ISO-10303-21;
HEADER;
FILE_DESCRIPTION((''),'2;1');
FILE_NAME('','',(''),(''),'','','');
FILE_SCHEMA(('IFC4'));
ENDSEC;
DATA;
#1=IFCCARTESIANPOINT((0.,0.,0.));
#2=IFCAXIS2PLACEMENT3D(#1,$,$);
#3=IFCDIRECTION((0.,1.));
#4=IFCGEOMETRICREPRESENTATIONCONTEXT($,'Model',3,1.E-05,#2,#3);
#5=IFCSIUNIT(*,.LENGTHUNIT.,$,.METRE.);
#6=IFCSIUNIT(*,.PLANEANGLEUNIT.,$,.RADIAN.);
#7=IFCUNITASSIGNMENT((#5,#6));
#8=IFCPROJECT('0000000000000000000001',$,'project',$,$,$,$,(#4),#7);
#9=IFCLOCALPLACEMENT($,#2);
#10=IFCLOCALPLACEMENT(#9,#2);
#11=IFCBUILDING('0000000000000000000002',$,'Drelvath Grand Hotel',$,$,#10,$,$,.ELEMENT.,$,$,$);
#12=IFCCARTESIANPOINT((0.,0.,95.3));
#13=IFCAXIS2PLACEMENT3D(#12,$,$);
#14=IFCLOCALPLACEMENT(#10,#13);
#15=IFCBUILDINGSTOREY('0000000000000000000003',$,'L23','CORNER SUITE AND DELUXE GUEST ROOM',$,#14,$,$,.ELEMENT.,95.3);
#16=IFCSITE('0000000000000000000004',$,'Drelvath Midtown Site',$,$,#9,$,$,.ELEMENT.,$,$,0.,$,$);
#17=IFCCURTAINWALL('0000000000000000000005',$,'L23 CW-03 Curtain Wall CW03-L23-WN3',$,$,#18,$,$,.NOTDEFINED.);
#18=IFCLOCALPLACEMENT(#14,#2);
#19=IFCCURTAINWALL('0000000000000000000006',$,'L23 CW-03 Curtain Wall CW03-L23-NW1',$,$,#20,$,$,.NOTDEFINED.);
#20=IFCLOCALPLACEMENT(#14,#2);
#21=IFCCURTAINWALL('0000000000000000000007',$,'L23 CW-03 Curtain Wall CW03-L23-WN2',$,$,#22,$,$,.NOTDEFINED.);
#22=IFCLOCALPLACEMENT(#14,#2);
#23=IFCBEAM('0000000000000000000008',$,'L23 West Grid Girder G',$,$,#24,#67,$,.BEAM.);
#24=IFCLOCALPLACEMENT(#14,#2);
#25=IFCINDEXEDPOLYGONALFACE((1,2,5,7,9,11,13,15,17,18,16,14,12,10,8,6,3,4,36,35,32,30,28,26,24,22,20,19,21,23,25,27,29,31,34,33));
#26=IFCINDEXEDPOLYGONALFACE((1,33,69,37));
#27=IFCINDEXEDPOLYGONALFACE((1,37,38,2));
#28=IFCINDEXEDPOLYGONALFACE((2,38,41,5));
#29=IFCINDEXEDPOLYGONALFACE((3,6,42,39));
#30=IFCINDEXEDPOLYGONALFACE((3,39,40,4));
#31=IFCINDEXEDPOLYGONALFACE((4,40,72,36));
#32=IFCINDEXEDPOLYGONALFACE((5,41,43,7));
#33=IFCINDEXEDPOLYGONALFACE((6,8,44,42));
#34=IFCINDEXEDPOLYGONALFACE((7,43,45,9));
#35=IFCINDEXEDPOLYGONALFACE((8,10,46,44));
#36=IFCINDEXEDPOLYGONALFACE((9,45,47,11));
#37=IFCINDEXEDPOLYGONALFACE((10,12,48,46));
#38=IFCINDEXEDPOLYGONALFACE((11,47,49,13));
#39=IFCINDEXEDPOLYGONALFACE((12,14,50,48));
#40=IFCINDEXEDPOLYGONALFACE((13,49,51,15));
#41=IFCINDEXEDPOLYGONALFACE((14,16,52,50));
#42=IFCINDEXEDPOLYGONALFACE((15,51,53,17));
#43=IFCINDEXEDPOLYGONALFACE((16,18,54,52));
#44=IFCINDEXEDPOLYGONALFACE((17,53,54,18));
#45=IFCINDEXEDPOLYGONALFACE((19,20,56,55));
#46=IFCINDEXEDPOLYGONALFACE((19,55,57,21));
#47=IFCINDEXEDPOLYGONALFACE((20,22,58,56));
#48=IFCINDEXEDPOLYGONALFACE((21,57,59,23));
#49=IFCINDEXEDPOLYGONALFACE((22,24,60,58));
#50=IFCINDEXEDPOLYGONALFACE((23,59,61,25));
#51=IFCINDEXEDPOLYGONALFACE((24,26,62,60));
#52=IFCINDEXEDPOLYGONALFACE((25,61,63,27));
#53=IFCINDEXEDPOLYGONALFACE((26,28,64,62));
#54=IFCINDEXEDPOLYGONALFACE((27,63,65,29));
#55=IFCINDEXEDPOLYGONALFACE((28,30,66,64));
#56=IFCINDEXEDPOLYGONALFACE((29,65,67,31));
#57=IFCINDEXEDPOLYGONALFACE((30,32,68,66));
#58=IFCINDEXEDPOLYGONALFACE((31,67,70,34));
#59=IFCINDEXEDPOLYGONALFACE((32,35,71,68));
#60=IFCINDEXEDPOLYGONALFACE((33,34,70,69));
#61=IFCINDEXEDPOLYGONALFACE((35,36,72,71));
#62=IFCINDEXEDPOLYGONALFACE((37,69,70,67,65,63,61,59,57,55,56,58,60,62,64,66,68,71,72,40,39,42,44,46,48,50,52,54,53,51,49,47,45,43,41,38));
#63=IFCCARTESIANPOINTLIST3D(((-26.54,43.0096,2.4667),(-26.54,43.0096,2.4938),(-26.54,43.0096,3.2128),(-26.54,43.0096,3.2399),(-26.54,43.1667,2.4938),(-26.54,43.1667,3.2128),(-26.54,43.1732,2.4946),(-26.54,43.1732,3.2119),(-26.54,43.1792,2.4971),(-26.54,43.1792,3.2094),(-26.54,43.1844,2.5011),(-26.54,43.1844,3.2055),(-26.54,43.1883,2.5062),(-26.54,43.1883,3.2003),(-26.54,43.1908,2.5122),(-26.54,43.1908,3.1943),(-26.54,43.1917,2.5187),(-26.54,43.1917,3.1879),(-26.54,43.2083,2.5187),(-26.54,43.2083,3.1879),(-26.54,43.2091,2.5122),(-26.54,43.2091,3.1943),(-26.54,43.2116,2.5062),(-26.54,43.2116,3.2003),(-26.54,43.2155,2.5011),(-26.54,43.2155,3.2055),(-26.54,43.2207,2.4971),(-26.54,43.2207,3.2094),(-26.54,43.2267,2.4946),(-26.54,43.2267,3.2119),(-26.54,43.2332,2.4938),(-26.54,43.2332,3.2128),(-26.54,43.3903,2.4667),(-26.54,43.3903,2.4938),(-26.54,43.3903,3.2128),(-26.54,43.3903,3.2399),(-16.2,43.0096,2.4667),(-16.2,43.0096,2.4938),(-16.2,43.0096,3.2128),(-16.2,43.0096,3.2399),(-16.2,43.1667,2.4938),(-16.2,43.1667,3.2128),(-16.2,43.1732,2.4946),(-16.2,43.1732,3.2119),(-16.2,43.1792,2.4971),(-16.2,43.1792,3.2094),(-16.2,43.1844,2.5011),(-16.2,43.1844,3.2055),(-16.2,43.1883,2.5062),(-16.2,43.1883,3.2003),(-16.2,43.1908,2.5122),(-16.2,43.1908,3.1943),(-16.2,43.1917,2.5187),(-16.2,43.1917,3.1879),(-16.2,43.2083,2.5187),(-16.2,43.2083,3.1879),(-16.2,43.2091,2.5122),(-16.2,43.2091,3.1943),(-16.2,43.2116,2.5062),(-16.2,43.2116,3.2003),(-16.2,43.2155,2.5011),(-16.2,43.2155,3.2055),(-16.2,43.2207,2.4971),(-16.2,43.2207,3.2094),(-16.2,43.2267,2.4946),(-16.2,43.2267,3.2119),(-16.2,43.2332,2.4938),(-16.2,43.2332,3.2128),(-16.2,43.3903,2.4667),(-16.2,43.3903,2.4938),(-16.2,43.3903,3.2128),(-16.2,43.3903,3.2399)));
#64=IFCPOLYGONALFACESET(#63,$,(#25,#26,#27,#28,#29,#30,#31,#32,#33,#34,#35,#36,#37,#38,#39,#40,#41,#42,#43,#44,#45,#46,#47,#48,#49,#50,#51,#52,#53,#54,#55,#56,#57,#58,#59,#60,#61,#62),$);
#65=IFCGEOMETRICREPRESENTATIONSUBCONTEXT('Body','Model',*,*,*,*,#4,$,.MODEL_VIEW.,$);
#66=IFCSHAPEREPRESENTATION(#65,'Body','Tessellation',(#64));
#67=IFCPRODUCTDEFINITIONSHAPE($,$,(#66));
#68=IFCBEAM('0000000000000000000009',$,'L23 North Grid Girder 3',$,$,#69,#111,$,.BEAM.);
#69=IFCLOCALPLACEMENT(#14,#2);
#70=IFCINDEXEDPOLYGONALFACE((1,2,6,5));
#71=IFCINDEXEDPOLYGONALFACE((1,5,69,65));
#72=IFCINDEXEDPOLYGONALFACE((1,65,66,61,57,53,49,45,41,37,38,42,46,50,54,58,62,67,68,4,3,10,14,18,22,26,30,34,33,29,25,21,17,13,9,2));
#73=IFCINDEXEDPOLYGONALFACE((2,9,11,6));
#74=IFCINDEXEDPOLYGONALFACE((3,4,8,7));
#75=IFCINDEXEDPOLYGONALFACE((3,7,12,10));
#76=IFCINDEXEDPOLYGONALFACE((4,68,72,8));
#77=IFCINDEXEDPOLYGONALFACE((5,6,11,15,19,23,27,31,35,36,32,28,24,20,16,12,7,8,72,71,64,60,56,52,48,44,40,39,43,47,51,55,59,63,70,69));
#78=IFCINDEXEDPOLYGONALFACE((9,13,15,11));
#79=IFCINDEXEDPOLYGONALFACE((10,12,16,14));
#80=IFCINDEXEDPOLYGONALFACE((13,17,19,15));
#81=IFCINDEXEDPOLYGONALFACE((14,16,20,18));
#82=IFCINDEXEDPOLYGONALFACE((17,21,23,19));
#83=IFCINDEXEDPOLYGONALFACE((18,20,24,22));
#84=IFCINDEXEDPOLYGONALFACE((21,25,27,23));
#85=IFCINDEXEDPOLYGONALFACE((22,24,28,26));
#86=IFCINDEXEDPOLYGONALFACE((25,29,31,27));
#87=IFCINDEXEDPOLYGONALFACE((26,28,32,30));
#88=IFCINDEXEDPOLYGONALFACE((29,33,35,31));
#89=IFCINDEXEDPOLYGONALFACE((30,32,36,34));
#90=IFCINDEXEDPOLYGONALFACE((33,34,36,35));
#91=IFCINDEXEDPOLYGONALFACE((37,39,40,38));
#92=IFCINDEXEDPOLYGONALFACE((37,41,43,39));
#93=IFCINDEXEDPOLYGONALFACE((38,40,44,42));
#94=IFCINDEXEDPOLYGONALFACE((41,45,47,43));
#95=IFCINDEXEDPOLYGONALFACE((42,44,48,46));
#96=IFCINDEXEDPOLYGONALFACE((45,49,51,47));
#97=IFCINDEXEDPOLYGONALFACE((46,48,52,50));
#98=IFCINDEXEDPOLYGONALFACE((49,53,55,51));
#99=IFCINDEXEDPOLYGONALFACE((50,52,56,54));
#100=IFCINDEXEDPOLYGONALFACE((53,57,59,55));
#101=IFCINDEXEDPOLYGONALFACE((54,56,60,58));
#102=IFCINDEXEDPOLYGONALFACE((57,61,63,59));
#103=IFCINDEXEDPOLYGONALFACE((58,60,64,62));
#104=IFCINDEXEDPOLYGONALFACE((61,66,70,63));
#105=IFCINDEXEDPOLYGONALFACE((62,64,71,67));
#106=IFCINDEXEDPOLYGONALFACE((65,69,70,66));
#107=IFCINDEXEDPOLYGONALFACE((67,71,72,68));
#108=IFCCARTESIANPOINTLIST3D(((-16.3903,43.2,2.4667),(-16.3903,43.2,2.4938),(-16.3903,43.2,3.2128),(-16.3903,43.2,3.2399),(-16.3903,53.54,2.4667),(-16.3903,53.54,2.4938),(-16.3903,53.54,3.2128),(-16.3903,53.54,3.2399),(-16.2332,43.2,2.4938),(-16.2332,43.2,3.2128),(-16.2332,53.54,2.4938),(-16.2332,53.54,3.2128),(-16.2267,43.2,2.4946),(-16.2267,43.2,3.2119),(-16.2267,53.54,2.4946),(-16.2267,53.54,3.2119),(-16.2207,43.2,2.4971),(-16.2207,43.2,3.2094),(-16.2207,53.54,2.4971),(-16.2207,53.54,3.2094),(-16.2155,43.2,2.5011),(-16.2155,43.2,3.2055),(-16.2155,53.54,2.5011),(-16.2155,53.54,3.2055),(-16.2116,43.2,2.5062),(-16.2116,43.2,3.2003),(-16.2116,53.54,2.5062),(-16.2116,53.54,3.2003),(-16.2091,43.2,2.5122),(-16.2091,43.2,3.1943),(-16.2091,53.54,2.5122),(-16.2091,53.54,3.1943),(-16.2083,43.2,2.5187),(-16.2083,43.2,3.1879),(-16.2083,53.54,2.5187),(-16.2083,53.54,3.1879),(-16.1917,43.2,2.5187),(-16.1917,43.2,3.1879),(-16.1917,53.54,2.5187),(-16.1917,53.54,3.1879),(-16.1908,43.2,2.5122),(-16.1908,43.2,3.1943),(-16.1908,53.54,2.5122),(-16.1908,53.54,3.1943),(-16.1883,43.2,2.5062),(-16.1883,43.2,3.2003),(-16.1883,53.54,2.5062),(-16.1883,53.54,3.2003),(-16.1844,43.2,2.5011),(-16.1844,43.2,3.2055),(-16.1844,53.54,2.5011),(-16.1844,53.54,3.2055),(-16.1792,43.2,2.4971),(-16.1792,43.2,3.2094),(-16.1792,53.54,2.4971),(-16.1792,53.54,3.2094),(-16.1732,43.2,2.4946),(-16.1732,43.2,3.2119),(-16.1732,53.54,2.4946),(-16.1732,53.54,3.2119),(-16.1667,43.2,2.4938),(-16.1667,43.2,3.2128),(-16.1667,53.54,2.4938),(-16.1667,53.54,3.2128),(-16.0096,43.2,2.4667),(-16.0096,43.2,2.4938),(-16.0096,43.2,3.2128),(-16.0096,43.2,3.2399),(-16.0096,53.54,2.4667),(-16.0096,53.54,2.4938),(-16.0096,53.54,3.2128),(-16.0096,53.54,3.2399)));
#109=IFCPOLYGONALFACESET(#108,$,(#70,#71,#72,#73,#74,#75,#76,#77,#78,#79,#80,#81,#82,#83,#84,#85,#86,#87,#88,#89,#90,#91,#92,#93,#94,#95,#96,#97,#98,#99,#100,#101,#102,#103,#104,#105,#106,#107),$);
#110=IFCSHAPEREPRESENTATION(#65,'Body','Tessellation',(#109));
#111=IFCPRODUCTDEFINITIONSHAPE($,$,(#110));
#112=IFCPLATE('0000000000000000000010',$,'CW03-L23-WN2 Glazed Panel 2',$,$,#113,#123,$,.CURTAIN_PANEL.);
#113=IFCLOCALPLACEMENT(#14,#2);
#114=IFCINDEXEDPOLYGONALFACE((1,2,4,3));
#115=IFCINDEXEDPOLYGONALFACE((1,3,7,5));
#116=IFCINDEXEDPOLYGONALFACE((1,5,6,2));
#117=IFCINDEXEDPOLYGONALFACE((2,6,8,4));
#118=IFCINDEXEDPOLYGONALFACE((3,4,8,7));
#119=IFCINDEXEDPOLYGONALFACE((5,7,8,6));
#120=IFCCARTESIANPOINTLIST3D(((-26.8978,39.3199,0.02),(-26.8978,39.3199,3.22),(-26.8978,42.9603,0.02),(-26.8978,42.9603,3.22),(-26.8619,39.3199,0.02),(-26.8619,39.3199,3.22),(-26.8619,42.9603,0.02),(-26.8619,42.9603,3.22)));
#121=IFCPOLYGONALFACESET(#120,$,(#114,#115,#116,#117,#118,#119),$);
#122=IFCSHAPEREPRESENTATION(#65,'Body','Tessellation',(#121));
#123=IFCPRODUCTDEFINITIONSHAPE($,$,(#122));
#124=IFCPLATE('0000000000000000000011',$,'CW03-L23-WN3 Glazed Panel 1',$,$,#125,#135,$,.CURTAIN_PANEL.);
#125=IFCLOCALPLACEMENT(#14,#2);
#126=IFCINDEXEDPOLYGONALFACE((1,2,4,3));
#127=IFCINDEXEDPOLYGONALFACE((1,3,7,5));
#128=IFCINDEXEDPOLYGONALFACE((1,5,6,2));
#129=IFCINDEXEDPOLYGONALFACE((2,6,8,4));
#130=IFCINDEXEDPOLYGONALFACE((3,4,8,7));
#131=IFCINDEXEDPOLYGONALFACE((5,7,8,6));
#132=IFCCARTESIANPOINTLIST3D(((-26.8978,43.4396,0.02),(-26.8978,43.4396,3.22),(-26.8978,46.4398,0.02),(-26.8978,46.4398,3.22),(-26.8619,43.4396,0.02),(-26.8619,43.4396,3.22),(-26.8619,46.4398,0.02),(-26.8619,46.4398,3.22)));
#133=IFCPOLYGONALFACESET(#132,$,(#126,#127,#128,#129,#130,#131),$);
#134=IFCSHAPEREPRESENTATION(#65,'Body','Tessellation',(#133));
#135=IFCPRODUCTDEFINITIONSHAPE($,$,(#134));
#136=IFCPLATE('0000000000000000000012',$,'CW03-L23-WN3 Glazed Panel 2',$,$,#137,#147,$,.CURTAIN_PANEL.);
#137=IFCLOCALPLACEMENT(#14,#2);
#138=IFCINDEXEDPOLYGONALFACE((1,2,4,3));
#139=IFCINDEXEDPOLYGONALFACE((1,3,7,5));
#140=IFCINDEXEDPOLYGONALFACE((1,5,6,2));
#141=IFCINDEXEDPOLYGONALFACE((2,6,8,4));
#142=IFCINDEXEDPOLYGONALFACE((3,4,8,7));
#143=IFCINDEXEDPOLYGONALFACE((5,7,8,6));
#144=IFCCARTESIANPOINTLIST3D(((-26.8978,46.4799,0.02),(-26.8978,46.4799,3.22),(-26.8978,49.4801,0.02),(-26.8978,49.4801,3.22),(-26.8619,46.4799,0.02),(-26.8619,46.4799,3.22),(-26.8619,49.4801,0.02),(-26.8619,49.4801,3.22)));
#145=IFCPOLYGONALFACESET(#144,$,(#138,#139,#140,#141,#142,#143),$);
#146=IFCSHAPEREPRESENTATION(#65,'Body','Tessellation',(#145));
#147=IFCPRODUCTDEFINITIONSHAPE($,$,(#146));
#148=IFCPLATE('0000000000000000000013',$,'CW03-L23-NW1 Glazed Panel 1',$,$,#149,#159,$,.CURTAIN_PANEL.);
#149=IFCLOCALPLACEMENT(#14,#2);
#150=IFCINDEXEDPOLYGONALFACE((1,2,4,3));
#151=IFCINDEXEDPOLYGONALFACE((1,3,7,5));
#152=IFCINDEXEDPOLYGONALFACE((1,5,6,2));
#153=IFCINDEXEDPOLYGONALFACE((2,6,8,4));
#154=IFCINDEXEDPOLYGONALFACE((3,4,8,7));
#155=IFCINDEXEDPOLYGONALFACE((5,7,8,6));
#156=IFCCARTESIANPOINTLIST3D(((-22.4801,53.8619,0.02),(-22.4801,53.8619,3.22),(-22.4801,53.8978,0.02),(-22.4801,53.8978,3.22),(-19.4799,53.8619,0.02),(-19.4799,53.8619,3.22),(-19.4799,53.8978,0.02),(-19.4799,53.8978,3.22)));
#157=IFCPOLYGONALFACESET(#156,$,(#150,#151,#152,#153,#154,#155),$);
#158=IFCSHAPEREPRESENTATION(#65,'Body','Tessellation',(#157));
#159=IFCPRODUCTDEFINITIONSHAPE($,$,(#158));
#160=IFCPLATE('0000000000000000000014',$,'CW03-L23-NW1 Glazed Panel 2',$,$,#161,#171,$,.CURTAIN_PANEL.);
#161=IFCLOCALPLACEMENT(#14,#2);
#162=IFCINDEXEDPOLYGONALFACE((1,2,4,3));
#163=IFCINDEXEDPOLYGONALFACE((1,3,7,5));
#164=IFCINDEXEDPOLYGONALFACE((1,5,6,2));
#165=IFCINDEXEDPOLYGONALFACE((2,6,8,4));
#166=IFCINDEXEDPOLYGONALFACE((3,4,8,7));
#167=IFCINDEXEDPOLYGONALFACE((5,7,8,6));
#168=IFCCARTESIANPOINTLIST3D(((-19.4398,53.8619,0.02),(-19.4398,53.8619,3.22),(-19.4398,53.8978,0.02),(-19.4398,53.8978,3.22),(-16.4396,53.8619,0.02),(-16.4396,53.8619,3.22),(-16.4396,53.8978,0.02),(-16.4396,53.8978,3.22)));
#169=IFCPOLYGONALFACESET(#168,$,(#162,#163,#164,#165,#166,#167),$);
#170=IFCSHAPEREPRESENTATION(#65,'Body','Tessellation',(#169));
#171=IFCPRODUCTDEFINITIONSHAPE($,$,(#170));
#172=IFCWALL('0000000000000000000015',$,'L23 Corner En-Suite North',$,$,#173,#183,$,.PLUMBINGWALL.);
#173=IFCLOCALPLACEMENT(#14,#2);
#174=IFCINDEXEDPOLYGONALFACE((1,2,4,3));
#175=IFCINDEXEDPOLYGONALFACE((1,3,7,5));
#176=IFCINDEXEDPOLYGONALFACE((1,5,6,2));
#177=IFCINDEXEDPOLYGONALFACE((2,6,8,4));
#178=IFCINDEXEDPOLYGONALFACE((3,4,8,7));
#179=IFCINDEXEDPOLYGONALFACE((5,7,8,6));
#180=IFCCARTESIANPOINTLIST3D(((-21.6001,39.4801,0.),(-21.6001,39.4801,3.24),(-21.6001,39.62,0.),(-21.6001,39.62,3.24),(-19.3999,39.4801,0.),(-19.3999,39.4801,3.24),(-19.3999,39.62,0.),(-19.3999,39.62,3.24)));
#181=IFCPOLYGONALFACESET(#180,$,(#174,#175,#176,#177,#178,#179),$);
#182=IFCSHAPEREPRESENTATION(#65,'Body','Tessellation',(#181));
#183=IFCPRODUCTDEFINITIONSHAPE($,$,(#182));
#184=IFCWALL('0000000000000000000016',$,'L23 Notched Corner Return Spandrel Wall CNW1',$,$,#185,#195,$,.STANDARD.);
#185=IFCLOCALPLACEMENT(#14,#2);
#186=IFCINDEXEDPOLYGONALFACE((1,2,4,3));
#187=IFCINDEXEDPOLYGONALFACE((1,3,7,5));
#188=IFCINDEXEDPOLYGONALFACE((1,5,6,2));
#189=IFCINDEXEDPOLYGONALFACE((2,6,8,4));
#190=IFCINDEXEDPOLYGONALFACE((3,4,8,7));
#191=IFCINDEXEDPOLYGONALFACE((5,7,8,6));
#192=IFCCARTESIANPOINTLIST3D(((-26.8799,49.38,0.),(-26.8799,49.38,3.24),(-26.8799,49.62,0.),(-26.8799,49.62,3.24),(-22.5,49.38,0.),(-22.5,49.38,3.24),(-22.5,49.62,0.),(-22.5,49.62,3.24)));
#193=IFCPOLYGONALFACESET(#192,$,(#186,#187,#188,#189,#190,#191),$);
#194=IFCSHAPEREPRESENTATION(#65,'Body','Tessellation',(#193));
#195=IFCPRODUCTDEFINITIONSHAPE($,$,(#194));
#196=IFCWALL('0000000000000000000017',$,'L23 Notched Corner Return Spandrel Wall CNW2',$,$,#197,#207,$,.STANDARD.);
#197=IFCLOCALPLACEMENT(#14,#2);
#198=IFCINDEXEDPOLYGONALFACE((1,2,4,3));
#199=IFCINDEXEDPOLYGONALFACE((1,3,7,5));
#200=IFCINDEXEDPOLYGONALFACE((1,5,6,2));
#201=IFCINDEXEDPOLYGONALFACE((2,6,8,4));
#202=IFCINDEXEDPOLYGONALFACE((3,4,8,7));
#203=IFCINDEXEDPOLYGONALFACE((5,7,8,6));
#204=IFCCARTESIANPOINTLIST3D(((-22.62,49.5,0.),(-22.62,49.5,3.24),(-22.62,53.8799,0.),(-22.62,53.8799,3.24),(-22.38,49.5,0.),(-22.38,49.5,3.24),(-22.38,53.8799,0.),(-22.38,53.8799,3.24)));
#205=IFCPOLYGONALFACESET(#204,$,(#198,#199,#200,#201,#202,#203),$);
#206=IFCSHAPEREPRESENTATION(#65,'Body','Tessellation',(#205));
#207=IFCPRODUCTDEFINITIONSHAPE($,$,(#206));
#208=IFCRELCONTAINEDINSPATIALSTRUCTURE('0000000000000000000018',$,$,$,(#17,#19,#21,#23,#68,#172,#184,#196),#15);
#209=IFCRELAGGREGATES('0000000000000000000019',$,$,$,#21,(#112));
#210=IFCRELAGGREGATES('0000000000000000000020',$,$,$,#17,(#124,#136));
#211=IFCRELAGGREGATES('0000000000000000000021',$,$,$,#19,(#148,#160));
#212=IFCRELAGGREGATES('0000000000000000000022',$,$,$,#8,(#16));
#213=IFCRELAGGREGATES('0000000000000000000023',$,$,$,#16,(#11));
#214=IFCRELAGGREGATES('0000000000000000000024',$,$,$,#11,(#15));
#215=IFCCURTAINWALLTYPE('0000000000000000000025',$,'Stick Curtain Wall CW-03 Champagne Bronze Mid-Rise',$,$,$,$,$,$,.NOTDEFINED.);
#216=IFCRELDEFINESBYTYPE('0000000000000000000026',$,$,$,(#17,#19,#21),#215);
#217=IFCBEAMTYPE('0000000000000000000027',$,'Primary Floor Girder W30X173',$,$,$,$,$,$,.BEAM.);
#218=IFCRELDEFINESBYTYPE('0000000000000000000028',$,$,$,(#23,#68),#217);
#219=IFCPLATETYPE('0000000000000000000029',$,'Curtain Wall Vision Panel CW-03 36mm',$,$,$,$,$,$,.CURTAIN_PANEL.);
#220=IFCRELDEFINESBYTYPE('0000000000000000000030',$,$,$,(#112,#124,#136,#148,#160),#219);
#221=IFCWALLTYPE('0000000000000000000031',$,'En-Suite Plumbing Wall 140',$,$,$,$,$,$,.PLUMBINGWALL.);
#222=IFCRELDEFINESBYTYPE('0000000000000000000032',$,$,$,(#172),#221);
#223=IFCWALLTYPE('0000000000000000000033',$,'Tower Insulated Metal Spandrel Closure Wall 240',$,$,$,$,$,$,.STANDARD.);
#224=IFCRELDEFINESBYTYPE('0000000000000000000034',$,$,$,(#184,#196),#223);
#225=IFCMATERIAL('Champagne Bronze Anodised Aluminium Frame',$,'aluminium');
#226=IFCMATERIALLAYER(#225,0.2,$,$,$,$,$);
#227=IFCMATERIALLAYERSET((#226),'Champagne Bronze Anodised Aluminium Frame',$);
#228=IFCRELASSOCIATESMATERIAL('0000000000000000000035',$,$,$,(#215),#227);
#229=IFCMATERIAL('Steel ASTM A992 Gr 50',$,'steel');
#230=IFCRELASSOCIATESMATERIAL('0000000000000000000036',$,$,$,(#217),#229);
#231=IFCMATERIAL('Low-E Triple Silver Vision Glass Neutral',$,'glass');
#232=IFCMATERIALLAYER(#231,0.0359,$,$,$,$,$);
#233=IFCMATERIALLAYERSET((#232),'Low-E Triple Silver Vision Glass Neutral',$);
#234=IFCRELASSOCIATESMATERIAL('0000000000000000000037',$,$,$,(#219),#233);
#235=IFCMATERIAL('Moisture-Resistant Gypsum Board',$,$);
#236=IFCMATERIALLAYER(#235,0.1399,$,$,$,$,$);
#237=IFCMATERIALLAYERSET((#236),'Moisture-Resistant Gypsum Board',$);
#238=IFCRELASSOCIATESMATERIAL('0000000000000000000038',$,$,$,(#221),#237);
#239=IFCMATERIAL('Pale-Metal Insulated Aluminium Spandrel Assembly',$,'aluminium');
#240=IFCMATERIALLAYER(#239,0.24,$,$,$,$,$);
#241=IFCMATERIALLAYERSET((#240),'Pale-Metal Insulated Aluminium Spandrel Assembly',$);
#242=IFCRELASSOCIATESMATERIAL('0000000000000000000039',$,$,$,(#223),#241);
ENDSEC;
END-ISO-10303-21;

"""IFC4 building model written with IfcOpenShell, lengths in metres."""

from ifc_helpers import new_model, si_unit, direction, frame, frame_2d, origin, origin_2d, place, context, subcontext, project, spatial, rectangle, i_section, extrude, material, layer, layer_set, material_profile, profile_set, type_object, element, aggregate, save


model = new_model("IFC4")

# Units and contexts
model_context = context("Model", 3, precision=1e-05, world=origin(), true_north=direction((0.0, 1.0)))
body_context = subcontext(model_context, "Body", "Model", "MODEL_VIEW")
ifc_project = project(units=[si_unit("LENGTHUNIT", "METRE"), si_unit("PLANEANGLEUNIT", "RADIAN")], contexts=[model_context])

# Site, building, storey
site_placement = place(None, origin())
site = spatial("IfcSite", under=ifc_project, at=site_placement, Name="Drelvath Midtown Site", CompositionType="ELEMENT", RefElevation=0.0)
building_placement = place(site_placement, origin())
building = spatial("IfcBuilding", under=site, at=building_placement, Name="Drelvath Grand Hotel", CompositionType="ELEMENT")
storey_placement = place(building_placement, frame((0.0, 0.0, 95.3)))
storey = spatial("IfcBuildingStorey", under=building, at=storey_placement, Name="L23", Description="CORNER SUITE AND DELUXE GUEST ROOM", CompositionType="ELEMENT", Elevation=95.3)

# Shared definitions
ifc_material_1 = material(Name="Steel ASTM A992 Gr 50", Category="steel")

# Curtain walls
ifc_material_2 = material(Name="Champagne Bronze Anodised Aluminium Frame", Category="aluminium")
ifc_layer_1 = layer(ifc_material_2, 0.2)
ifc_layer_set_1 = layer_set([ifc_layer_1], Name="Champagne Bronze Anodised Aluminium Frame")
curtain_wall_type = type_object("IfcCurtainWallType", Name="Stick Curtain Wall CW-03 Champagne Bronze Mid-Rise", PredefinedType="NOTDEFINED", material=ifc_layer_set_1)
curtain_wall_1_placement = place(storey_placement, origin())
curtain_wall_1 = element("IfcCurtainWall", 1, at=curtain_wall_1_placement, inside=storey, type_object=curtain_wall_type, Name="L23 CW-03 Curtain Wall CW03-L23-WN3", PredefinedType="NOTDEFINED")
curtain_wall_2_placement = place(storey_placement, origin())
curtain_wall_2 = element("IfcCurtainWall", 2, at=curtain_wall_2_placement, inside=storey, type_object=curtain_wall_type, Name="L23 CW-03 Curtain Wall CW03-L23-NW1", PredefinedType="NOTDEFINED")

# Curtain wall
curtain_wall_3_placement = place(storey_placement, origin())
curtain_wall_3 = element("IfcCurtainWall", 3, at=curtain_wall_3_placement, inside=storey, type_object=curtain_wall_type, Name="L23 CW-03 Curtain Wall CW03-L23-WN2", PredefinedType="NOTDEFINED")

# Beams
ifc_material_profile_1 = material_profile(ifc_material_1, i_section(OverallWidth=0.3806, OverallDepth=0.7732, WebThickness=0.0166, FlangeThickness=0.0271, FilletRadius=0.0249, at=origin_2d()), Name="W30X173")
ifc_profile_set_1 = profile_set([ifc_material_profile_1], Name="Steel ASTM A992 Gr 50")
beam_type_1 = type_object("IfcBeamType", Name="Primary Floor Girder W30X173", PredefinedType="BEAM", material=ifc_profile_set_1)
for number, where, z_axis, x_axis, name in (
    (4, (-26.54, 43.2, 2.8533), (1.0, 0.0, 0.0), (0.0, 1.0, 0.0), "L23 West Grid Girder G"),
    (5, (-16.2, 43.2, 2.8533), (0.0, 1.0, 0.0), (-1.0, 0.0, 0.0), "L23 North Grid Girder 3"),
):
    element("IfcBeam", number, at=place(storey_placement, frame(where, z_axis=z_axis, x_axis=x_axis)), inside=storey, type_object=beam_type_1, Name=name, PredefinedType="BEAM", context=body_context, shape_type="SweptSolid", body=[
        extrude(i_section(OverallWidth=0.3806, OverallDepth=0.7732, WebThickness=0.0166, FlangeThickness=0.0271, FilletRadius=0.0249, at=origin_2d()), origin(), (0.0, 0.0, 1.0), 10.3401),
    ])

# Plates
ifc_material_3 = material(Name="Low-E Triple Silver Vision Glass Neutral", Category="glass")
ifc_layer_2 = layer(ifc_material_3, 0.0359)
ifc_layer_set_2 = layer_set([ifc_layer_2], Name="Low-E Triple Silver Vision Glass Neutral")
plate_type = type_object("IfcPlateType", Name="Curtain Wall Vision Panel CW-03 36mm", PredefinedType="CURTAIN_PANEL", material=ifc_layer_set_2)
plate_1_placement = place(storey_placement, frame((-26.8799, 41.1401, 0.02), z_axis=(0.0, 0.0, 1.0), x_axis=(0.0, 1.0, 0.0)))
plate_1 = element("IfcPlate", 6, at=plate_1_placement, type_object=plate_type, Name="CW03-L23-WN2 Glazed Panel 2", PredefinedType="CURTAIN_PANEL", context=body_context, shape_type="SweptSolid", body=[
    extrude(rectangle(XDim=3.6404, YDim=0.0359, at=origin_2d()), origin(), (0.0, 0.0, 1.0), 3.2),
])
aggregate(curtain_wall_3, [plate_1])
plate_2_placement = place(storey_placement, frame((-26.8799, 44.9397, 0.02), z_axis=(0.0, 0.0, 1.0), x_axis=(0.0, 1.0, 0.0)))
plate_2 = element("IfcPlate", 7, at=plate_2_placement, type_object=plate_type, Name="CW03-L23-WN3 Glazed Panel 1", PredefinedType="CURTAIN_PANEL", context=body_context, shape_type="SweptSolid", body=[
    extrude(rectangle(XDim=3.0002, YDim=0.0359, at=origin_2d()), origin(), (0.0, 0.0, 1.0), 3.2),
])
plate_3_placement = place(storey_placement, frame((-26.8799, 47.98, 0.02), z_axis=(0.0, 0.0, 1.0), x_axis=(0.0, 1.0, 0.0)))
plate_3 = element("IfcPlate", 8, at=plate_3_placement, type_object=plate_type, Name="CW03-L23-WN3 Glazed Panel 2", PredefinedType="CURTAIN_PANEL", context=body_context, shape_type="SweptSolid", body=[
    extrude(rectangle(XDim=3.0002, YDim=0.0359, at=origin_2d()), origin(), (0.0, 0.0, 1.0), 3.2),
])
aggregate(curtain_wall_1, [plate_2, plate_3])
plate_4_placement = place(storey_placement, frame((-20.98, 53.8799, 0.02), z_axis=(0.0, 0.0, 1.0), x_axis=(1.0, 0.0, 0.0)))
plate_4 = element("IfcPlate", 9, at=plate_4_placement, type_object=plate_type, Name="CW03-L23-NW1 Glazed Panel 1", PredefinedType="CURTAIN_PANEL", context=body_context, shape_type="SweptSolid", body=[
    extrude(rectangle(XDim=3.0002, YDim=0.0359, at=origin_2d()), origin(), (0.0, 0.0, 1.0), 3.2),
])
plate_5_placement = place(storey_placement, frame((-17.9397, 53.8799, 0.02), z_axis=(0.0, 0.0, 1.0), x_axis=(1.0, 0.0, 0.0)))
plate_5 = element("IfcPlate", 10, at=plate_5_placement, type_object=plate_type, Name="CW03-L23-NW1 Glazed Panel 2", PredefinedType="CURTAIN_PANEL", context=body_context, shape_type="SweptSolid", body=[
    extrude(rectangle(XDim=3.0002, YDim=0.0359, at=origin_2d()), origin(), (0.0, 0.0, 1.0), 3.2),
])
aggregate(curtain_wall_2, [plate_4, plate_5])

# Walls
ifc_material_4 = material(Name="Moisture-Resistant Gypsum Board")
ifc_layer_3 = layer(ifc_material_4, 0.1399)
ifc_layer_set_3 = layer_set([ifc_layer_3], Name="Moisture-Resistant Gypsum Board")
wall_type_1 = type_object("IfcWallType", Name="En-Suite Plumbing Wall 140", PredefinedType="PLUMBINGWALL", material=ifc_layer_set_3)
wall_placement = place(storey_placement, frame((-21.6001, 39.55, 0.0), z_axis=(0.0, 0.0, 1.0), x_axis=(1.0, 0.0, 0.0)))
element("IfcWall", 11, at=wall_placement, inside=storey, type_object=wall_type_1, Name="L23 Corner En-Suite North", PredefinedType="PLUMBINGWALL", context=body_context, shape_type="SweptSolid", body=[
    extrude(rectangle(XDim=2.2002, YDim=0.1399, at=frame_2d((1.1001, 0.0))), origin(), (0.0, 0.0, 1.0), 3.24),
])
ifc_material_5 = material(Name="Pale-Metal Insulated Aluminium Spandrel Assembly", Category="aluminium")
ifc_layer_4 = layer(ifc_material_5, 0.24)
ifc_layer_set_4 = layer_set([ifc_layer_4], Name="Pale-Metal Insulated Aluminium Spandrel Assembly")
wall_type_2 = type_object("IfcWallType", Name="Tower Insulated Metal Spandrel Closure Wall 240", PredefinedType="STANDARD", material=ifc_layer_set_4)
for number, where, z_axis, x_axis, name in (
    (12, (-26.8799, 49.5, 0.0), (0.0, 0.0, 1.0), (1.0, 0.0, 0.0), "L23 Notched Corner Return Spandrel Wall CNW1"),
    (13, (-22.5, 49.5, 0.0), (0.0, 0.0, 1.0), (0.0, 1.0, 0.0), "L23 Notched Corner Return Spandrel Wall CNW2"),
):
    element("IfcWall", number, at=place(storey_placement, frame(where, z_axis=z_axis, x_axis=x_axis)), inside=storey, type_object=wall_type_2, Name=name, PredefinedType="STANDARD", context=body_context, shape_type="SweptSolid", body=[
        extrude(rectangle(XDim=4.3799, YDim=0.24, at=frame_2d((2.1899, 0.0))), origin(), (0.0, 0.0, 1.0), 3.24),
    ])

save(model, "model.ifc")
